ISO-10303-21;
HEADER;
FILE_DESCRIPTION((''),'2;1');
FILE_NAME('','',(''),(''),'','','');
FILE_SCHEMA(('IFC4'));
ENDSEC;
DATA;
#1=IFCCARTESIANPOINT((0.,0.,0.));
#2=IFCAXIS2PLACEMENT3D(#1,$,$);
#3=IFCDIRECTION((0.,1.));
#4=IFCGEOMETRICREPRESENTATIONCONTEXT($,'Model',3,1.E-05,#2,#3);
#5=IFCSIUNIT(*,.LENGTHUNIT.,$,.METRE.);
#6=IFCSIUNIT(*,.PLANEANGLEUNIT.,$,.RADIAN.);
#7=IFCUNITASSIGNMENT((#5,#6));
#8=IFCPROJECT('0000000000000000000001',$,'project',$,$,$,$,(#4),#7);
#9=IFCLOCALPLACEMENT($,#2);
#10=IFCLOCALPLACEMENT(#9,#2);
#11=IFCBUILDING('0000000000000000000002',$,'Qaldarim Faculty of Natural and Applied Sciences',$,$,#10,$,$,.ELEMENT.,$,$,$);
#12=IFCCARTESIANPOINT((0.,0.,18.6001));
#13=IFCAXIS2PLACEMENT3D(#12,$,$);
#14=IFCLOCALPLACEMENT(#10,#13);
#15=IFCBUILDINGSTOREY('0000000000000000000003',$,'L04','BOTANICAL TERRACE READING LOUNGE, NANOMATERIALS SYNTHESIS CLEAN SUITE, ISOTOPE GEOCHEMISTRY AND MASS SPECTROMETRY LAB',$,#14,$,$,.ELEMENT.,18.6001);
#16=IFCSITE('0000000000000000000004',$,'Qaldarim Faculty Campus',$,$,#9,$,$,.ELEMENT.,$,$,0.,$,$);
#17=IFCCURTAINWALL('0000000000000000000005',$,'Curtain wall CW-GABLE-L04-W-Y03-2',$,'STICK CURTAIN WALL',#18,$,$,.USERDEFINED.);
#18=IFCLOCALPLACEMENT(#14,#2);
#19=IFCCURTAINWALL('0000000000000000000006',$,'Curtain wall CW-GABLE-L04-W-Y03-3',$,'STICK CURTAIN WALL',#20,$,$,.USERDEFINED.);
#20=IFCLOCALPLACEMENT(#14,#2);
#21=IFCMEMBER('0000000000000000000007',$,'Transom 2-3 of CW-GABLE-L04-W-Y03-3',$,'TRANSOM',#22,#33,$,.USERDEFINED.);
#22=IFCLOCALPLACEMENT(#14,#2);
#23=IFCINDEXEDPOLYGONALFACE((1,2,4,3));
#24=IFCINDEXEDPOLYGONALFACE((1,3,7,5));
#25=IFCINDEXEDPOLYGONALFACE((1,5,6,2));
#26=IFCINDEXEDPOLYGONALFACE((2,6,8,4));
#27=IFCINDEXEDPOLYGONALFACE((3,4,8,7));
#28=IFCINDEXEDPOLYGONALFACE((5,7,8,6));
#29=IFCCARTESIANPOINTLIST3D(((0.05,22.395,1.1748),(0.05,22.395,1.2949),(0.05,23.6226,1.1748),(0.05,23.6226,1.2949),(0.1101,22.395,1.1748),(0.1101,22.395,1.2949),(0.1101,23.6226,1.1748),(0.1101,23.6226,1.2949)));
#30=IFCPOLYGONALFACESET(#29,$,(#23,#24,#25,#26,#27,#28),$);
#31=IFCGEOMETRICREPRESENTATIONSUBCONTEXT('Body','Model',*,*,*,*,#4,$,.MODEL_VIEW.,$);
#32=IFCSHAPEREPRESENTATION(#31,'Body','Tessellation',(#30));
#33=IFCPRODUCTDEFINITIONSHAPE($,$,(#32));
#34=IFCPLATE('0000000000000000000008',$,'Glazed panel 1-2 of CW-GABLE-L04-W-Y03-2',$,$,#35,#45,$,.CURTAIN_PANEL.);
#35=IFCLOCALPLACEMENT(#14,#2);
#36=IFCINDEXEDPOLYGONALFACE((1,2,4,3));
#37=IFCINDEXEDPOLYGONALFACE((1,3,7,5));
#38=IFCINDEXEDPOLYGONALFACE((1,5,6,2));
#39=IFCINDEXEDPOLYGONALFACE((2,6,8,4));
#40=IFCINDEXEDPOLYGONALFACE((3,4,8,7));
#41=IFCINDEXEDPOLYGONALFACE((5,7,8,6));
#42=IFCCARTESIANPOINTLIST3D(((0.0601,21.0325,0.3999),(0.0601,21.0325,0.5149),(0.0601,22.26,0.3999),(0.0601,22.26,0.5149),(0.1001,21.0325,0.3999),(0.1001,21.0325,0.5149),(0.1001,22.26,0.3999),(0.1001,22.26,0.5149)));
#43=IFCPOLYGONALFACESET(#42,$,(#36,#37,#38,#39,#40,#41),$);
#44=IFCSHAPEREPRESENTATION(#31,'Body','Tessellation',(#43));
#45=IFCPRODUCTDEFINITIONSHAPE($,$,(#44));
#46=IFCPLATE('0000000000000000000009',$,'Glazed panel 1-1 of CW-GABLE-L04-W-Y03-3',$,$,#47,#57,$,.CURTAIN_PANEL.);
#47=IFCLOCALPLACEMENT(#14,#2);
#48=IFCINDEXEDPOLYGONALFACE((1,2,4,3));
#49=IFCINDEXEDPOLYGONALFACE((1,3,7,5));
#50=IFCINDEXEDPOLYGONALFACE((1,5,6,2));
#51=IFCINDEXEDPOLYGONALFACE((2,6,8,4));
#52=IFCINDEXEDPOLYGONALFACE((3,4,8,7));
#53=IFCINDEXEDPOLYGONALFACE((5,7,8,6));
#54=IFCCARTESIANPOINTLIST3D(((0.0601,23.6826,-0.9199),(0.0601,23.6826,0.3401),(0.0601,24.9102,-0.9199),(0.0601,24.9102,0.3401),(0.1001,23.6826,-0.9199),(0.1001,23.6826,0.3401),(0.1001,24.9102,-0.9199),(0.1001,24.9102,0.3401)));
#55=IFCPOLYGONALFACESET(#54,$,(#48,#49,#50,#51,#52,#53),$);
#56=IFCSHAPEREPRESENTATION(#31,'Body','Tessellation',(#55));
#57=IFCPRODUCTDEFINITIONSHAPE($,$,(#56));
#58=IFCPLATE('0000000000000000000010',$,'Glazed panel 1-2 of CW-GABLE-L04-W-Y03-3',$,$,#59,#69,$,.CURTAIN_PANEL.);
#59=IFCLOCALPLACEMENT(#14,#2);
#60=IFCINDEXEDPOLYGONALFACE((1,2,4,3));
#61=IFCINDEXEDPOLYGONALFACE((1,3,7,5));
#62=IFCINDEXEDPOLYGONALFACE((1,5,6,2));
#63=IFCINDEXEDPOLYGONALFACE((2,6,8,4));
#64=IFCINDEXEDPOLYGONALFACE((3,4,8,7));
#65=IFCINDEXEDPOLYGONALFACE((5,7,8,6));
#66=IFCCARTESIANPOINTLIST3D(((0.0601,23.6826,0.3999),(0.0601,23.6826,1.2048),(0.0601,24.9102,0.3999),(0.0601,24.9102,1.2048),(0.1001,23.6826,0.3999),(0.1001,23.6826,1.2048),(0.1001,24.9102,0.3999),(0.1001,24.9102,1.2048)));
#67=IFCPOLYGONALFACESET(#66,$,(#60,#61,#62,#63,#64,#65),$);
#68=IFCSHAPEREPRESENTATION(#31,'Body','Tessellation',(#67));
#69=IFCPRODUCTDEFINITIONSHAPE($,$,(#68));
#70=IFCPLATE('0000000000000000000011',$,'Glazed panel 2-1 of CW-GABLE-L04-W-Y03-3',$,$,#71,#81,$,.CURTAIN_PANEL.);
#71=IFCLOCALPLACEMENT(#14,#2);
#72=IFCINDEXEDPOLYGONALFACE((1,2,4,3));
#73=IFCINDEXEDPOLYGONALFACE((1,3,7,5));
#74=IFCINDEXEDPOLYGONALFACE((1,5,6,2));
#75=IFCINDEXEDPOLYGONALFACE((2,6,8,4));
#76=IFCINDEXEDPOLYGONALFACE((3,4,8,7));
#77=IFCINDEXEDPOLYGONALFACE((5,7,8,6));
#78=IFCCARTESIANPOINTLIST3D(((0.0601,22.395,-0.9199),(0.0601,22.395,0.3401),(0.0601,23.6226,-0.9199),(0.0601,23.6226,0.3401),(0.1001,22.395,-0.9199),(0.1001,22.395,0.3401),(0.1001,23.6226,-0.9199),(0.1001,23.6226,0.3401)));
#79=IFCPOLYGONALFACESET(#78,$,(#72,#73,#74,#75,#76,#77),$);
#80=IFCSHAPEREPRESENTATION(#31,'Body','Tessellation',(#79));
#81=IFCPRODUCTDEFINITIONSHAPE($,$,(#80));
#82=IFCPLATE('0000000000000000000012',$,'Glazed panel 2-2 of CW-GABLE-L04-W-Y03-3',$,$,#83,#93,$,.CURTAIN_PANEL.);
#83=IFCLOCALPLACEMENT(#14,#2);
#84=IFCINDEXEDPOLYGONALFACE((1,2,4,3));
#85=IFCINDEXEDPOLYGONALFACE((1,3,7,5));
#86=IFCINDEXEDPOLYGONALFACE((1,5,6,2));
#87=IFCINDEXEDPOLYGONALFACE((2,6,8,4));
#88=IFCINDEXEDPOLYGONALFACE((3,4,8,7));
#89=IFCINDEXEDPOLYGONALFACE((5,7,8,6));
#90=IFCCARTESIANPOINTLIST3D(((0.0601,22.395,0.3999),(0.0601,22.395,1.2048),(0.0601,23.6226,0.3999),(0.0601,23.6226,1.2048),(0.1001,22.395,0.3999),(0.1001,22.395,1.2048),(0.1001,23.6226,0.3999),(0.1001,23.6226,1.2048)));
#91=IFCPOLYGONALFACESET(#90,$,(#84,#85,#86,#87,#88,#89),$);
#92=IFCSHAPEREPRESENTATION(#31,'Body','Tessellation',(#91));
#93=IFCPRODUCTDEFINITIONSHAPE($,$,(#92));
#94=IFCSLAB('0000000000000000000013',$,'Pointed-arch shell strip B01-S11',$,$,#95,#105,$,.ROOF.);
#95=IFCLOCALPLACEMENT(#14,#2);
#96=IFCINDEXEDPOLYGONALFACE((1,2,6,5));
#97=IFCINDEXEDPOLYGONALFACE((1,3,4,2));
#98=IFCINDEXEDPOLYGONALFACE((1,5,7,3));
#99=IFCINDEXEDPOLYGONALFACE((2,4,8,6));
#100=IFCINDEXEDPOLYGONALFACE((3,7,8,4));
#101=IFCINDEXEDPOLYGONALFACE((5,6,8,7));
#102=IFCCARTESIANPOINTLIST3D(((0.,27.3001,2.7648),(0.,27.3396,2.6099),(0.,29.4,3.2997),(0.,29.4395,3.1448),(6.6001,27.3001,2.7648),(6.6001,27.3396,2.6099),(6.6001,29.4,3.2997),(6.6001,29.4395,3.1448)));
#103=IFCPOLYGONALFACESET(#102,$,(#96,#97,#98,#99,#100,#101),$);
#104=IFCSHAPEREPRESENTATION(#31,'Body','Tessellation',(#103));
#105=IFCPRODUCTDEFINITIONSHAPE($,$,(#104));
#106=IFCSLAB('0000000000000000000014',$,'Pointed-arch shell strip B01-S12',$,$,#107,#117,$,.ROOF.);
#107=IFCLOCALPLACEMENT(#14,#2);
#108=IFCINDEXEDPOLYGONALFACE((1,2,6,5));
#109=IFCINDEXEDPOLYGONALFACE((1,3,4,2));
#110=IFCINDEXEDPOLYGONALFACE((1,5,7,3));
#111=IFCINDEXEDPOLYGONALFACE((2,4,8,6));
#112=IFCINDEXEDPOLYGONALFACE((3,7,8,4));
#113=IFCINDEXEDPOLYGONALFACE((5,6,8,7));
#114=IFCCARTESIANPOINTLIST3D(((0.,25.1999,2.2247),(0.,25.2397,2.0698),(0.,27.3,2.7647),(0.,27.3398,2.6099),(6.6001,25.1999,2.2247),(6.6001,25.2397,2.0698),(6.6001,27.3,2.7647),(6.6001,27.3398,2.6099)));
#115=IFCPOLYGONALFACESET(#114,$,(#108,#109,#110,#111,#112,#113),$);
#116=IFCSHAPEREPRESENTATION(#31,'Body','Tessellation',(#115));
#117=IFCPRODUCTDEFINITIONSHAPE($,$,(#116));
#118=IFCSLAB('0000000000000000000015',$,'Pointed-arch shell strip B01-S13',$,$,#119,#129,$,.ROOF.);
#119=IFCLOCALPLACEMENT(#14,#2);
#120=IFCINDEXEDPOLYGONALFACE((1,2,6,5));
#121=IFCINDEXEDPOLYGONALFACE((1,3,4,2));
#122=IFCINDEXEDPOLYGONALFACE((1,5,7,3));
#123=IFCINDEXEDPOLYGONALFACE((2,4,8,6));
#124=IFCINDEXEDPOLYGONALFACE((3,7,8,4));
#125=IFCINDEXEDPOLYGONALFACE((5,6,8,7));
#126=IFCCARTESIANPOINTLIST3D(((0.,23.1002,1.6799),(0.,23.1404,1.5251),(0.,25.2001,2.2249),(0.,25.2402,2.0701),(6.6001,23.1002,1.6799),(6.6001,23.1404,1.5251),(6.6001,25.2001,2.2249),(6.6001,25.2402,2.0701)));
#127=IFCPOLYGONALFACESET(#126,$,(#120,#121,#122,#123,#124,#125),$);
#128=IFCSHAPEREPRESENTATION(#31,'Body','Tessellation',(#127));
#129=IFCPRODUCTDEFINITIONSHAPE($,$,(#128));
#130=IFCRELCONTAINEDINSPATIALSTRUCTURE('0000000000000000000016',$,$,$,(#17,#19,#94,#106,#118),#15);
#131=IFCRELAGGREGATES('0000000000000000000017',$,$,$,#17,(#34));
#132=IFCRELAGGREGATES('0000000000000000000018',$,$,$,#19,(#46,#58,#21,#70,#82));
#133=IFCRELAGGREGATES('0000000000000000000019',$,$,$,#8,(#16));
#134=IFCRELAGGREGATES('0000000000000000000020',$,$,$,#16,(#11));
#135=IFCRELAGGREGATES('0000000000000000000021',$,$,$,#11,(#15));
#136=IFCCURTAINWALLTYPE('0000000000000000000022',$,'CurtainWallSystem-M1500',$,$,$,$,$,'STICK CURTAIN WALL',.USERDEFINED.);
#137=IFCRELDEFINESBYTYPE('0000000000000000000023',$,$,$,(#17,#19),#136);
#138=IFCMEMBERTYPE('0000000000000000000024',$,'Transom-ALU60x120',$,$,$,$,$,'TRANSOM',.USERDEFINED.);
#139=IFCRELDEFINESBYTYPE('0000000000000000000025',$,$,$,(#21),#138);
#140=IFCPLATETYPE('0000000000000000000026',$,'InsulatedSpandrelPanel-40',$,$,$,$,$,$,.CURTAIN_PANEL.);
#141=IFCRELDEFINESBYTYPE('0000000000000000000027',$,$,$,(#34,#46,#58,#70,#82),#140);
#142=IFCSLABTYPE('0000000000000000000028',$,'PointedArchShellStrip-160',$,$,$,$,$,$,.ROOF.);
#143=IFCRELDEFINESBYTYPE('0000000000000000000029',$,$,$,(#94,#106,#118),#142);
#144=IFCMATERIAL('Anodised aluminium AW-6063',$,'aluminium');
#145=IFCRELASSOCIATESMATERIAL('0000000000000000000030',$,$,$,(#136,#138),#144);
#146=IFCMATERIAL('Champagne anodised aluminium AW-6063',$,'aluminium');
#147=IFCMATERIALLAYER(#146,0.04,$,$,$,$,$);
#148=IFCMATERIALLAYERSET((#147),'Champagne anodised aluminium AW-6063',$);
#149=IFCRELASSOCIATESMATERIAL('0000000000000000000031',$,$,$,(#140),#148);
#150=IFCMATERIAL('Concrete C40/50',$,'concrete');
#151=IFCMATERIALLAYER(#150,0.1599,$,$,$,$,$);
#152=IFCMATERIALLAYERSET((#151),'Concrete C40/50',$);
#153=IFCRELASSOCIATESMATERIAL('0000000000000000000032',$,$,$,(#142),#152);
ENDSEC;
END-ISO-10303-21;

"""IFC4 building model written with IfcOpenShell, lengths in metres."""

from ifc_helpers import new_model, si_unit, direction, frame, origin, origin_2d, place, context, subcontext, project, spatial, polyline, rectangle, outline, extrude, material, layer, layer_set, material_profile, profile_set, type_object, element, aggregate, save


model = new_model("IFC4")

# Units and contexts
model_context = context("Model", 3, precision=1e-05, world=origin(), true_north=direction((0.0, 1.0)))
body_context = subcontext(model_context, "Body", "Model", "MODEL_VIEW")
ifc_project = project(units=[si_unit("LENGTHUNIT", "METRE"), si_unit("PLANEANGLEUNIT", "RADIAN")], contexts=[model_context])

# Site, building, storey
site_placement = place(None, origin())
site = spatial("IfcSite", under=ifc_project, at=site_placement, Name="Qaldarim Faculty Campus", CompositionType="ELEMENT", RefElevation=0.0)
building_placement = place(site_placement, origin())
building = spatial("IfcBuilding", under=site, at=building_placement, Name="Qaldarim Faculty of Natural and Applied Sciences", CompositionType="ELEMENT")
storey_placement = place(building_placement, frame((0.0, 0.0, 18.6001)))
storey = spatial("IfcBuildingStorey", under=building, at=storey_placement, Name="L04", Description="BOTANICAL TERRACE READING LOUNGE, NANOMATERIALS SYNTHESIS CLEAN SUITE, ISOTOPE GEOCHEMISTRY AND MASS SPECTROMETRY LAB", CompositionType="ELEMENT", Elevation=18.6001)

# Shared definitions
ifc_material_1 = material(Name="Concrete C40/50", Category="concrete")

# Curtain wall
ifc_material_2 = material(Name="Anodised aluminium AW-6063", Category="aluminium")
curtain_wall_type = type_object("IfcCurtainWallType", Name="CurtainWallSystem-M1500", ElementType="STICK CURTAIN WALL", PredefinedType="USERDEFINED", material=ifc_material_2)
curtain_wall_1_placement = place(storey_placement, origin())
curtain_wall_1 = element("IfcCurtainWall", 1, at=curtain_wall_1_placement, inside=storey, type_object=curtain_wall_type, Name="Curtain wall CW-GABLE-L04-W-Y03-2", ObjectType="STICK CURTAIN WALL", PredefinedType="USERDEFINED")

# Curtain wall
curtain_wall_2_placement = place(storey_placement, origin())
curtain_wall_2 = element("IfcCurtainWall", 2, at=curtain_wall_2_placement, inside=storey, type_object=curtain_wall_type, Name="Curtain wall CW-GABLE-L04-W-Y03-3", ObjectType="STICK CURTAIN WALL", PredefinedType="USERDEFINED")

# Member
ifc_material_profile_1 = material_profile(ifc_material_2, rectangle(XDim=0.0601, YDim=0.1201, at=origin_2d()), Name="ALU-T60x120")
ifc_profile_set_1 = profile_set([ifc_material_profile_1], Name="Anodised aluminium AW-6063")
member_type_1 = type_object("IfcMemberType", Name="Transom-ALU60x120", ElementType="TRANSOM", PredefinedType="USERDEFINED", material=ifc_profile_set_1)
member_1_placement = place(storey_placement, frame((0.0801, 23.6226, 1.2349), z_axis=(0.0, -1.0, 0.0), x_axis=(1.0, 0.0, 0.0)))
member_1 = element("IfcMember", 3, at=member_1_placement, type_object=member_type_1, Name="Transom 2-3 of CW-GABLE-L04-W-Y03-3", ObjectType="TRANSOM", PredefinedType="USERDEFINED", context=body_context, shape_type="SweptSolid", body=[
    extrude(rectangle(XDim=0.0601, YDim=0.1201, at=origin_2d()), origin(), (0.0, 0.0, 1.0), 1.2275),
])

# Plates
ifc_material_3 = material(Name="Champagne anodised aluminium AW-6063", Category="aluminium")
ifc_layer_1 = layer(ifc_material_3, 0.04)
ifc_layer_set_1 = layer_set([ifc_layer_1], Name="Champagne anodised aluminium AW-6063")
plate_type = type_object("IfcPlateType", Name="InsulatedSpandrelPanel-40", PredefinedType="CURTAIN_PANEL", material=ifc_layer_set_1)
plate_1_placement = place(storey_placement, frame((0.0801, 21.6462, 0.3999), z_axis=(0.0, 0.0, 1.0), x_axis=(0.0, -1.0, 0.0)))
plate_1 = element("IfcPlate", 4, at=plate_1_placement, type_object=plate_type, Name="Glazed panel 1-2 of CW-GABLE-L04-W-Y03-2", PredefinedType="CURTAIN_PANEL", context=body_context, shape_type="SweptSolid", body=[
    extrude(rectangle(XDim=1.2275, YDim=0.04, at=origin_2d()), origin(), (0.0, 0.0, 1.0), 0.115),
])
aggregate(curtain_wall_1, [plate_1])
plate_2_placement = place(storey_placement, frame((0.0801, 24.2964, -0.9199), z_axis=(0.0, 0.0, 1.0), x_axis=(0.0, -1.0, 0.0)))
plate_2 = element("IfcPlate", 5, at=plate_2_placement, type_object=plate_type, Name="Glazed panel 1-1 of CW-GABLE-L04-W-Y03-3", PredefinedType="CURTAIN_PANEL", context=body_context, shape_type="SweptSolid", body=[
    extrude(rectangle(XDim=1.2275, YDim=0.04, at=origin_2d()), origin(), (0.0, 0.0, 1.0), 1.26),
])
plate_3_placement = place(storey_placement, frame((0.0801, 24.2964, 0.3999), z_axis=(0.0, 0.0, 1.0), x_axis=(0.0, -1.0, 0.0)))
plate_3 = element("IfcPlate", 6, at=plate_3_placement, type_object=plate_type, Name="Glazed panel 1-2 of CW-GABLE-L04-W-Y03-3", PredefinedType="CURTAIN_PANEL", context=body_context, shape_type="SweptSolid", body=[
    extrude(rectangle(XDim=1.2275, YDim=0.04, at=origin_2d()), origin(), (0.0, 0.0, 1.0), 0.8049),
])
plate_4_placement = place(storey_placement, frame((0.0801, 23.0088, -0.9199), z_axis=(0.0, 0.0, 1.0), x_axis=(0.0, -1.0, 0.0)))
plate_4 = element("IfcPlate", 7, at=plate_4_placement, type_object=plate_type, Name="Glazed panel 2-1 of CW-GABLE-L04-W-Y03-3", PredefinedType="CURTAIN_PANEL", context=body_context, shape_type="SweptSolid", body=[
    extrude(rectangle(XDim=1.2275, YDim=0.04, at=origin_2d()), origin(), (0.0, 0.0, 1.0), 1.26),
])
plate_5_placement = place(storey_placement, frame((0.0801, 23.0088, 0.3999), z_axis=(0.0, 0.0, 1.0), x_axis=(0.0, -1.0, 0.0)))
plate_5 = element("IfcPlate", 8, at=plate_5_placement, type_object=plate_type, Name="Glazed panel 2-2 of CW-GABLE-L04-W-Y03-3", PredefinedType="CURTAIN_PANEL", context=body_context, shape_type="SweptSolid", body=[
    extrude(rectangle(XDim=1.2275, YDim=0.04, at=origin_2d()), origin(), (0.0, 0.0, 1.0), 0.8049),
])
aggregate(curtain_wall_2, [plate_2, plate_3, member_1, plate_4, plate_5])

# Slabs
ifc_layer_2 = layer(ifc_material_1, 0.1599)
ifc_layer_set_2 = layer_set([ifc_layer_2], Name="Concrete C40/50")
slab_type = type_object("IfcSlabType", Name="PointedArchShellStrip-160", PredefinedType="ROOF", material=ifc_layer_set_2)
slab_1_placement = place(storey_placement, frame((0.0, 27.3396, 2.6099), z_axis=(0.0, -0.246854, 0.969053), x_axis=(1.0, 0.0, 0.0)))
element("IfcSlab", 9, at=slab_1_placement, inside=storey, type_object=slab_type, Name="Pointed-arch shell strip B01-S11", PredefinedType="ROOF", context=body_context, shape_type="SweptSolid", body=[
    extrude(outline(polyline([(0.0, 0.0), (6.6001, 0.0), (6.6001, 2.1669), (0.0, 2.1669), (0.0, 0.0)])), origin(), (0.0, 0.0, 1.0), 0.1599),
])
slab_2_placement = place(storey_placement, frame((0.0, 25.2397, 2.0698), z_axis=(0.0, -0.249047, 0.968491), x_axis=(1.0, 0.0, 0.0)))
element("IfcSlab", 10, at=slab_2_placement, inside=storey, type_object=slab_type, Name="Pointed-arch shell strip B01-S12", PredefinedType="ROOF", context=body_context, shape_type="SweptSolid", body=[
    extrude(outline(polyline([(0.0, 0.0), (6.6001, 0.0), (6.6001, 2.1684), (0.0, 2.1684), (0.0, 0.0)])), origin(), (0.0, 0.0, 1.0), 0.1599),
])
slab_3_placement = place(storey_placement, frame((0.0, 23.1404, 1.5251), z_axis=(0.0, -0.251185, 0.967939), x_axis=(1.0, 0.0, 0.0)))
element("IfcSlab", 11, at=slab_3_placement, inside=storey, type_object=slab_type, Name="Pointed-arch shell strip B01-S13", PredefinedType="ROOF", context=body_context, shape_type="SweptSolid", body=[
    extrude(outline(polyline([(0.0, 0.0), (6.6001, 0.0), (6.6001, 2.1694), (0.0, 2.1694), (0.0, 0.0)])), origin(), (0.0, 0.0, 1.0), 0.1599),
])

save(model, "model.ifc")
